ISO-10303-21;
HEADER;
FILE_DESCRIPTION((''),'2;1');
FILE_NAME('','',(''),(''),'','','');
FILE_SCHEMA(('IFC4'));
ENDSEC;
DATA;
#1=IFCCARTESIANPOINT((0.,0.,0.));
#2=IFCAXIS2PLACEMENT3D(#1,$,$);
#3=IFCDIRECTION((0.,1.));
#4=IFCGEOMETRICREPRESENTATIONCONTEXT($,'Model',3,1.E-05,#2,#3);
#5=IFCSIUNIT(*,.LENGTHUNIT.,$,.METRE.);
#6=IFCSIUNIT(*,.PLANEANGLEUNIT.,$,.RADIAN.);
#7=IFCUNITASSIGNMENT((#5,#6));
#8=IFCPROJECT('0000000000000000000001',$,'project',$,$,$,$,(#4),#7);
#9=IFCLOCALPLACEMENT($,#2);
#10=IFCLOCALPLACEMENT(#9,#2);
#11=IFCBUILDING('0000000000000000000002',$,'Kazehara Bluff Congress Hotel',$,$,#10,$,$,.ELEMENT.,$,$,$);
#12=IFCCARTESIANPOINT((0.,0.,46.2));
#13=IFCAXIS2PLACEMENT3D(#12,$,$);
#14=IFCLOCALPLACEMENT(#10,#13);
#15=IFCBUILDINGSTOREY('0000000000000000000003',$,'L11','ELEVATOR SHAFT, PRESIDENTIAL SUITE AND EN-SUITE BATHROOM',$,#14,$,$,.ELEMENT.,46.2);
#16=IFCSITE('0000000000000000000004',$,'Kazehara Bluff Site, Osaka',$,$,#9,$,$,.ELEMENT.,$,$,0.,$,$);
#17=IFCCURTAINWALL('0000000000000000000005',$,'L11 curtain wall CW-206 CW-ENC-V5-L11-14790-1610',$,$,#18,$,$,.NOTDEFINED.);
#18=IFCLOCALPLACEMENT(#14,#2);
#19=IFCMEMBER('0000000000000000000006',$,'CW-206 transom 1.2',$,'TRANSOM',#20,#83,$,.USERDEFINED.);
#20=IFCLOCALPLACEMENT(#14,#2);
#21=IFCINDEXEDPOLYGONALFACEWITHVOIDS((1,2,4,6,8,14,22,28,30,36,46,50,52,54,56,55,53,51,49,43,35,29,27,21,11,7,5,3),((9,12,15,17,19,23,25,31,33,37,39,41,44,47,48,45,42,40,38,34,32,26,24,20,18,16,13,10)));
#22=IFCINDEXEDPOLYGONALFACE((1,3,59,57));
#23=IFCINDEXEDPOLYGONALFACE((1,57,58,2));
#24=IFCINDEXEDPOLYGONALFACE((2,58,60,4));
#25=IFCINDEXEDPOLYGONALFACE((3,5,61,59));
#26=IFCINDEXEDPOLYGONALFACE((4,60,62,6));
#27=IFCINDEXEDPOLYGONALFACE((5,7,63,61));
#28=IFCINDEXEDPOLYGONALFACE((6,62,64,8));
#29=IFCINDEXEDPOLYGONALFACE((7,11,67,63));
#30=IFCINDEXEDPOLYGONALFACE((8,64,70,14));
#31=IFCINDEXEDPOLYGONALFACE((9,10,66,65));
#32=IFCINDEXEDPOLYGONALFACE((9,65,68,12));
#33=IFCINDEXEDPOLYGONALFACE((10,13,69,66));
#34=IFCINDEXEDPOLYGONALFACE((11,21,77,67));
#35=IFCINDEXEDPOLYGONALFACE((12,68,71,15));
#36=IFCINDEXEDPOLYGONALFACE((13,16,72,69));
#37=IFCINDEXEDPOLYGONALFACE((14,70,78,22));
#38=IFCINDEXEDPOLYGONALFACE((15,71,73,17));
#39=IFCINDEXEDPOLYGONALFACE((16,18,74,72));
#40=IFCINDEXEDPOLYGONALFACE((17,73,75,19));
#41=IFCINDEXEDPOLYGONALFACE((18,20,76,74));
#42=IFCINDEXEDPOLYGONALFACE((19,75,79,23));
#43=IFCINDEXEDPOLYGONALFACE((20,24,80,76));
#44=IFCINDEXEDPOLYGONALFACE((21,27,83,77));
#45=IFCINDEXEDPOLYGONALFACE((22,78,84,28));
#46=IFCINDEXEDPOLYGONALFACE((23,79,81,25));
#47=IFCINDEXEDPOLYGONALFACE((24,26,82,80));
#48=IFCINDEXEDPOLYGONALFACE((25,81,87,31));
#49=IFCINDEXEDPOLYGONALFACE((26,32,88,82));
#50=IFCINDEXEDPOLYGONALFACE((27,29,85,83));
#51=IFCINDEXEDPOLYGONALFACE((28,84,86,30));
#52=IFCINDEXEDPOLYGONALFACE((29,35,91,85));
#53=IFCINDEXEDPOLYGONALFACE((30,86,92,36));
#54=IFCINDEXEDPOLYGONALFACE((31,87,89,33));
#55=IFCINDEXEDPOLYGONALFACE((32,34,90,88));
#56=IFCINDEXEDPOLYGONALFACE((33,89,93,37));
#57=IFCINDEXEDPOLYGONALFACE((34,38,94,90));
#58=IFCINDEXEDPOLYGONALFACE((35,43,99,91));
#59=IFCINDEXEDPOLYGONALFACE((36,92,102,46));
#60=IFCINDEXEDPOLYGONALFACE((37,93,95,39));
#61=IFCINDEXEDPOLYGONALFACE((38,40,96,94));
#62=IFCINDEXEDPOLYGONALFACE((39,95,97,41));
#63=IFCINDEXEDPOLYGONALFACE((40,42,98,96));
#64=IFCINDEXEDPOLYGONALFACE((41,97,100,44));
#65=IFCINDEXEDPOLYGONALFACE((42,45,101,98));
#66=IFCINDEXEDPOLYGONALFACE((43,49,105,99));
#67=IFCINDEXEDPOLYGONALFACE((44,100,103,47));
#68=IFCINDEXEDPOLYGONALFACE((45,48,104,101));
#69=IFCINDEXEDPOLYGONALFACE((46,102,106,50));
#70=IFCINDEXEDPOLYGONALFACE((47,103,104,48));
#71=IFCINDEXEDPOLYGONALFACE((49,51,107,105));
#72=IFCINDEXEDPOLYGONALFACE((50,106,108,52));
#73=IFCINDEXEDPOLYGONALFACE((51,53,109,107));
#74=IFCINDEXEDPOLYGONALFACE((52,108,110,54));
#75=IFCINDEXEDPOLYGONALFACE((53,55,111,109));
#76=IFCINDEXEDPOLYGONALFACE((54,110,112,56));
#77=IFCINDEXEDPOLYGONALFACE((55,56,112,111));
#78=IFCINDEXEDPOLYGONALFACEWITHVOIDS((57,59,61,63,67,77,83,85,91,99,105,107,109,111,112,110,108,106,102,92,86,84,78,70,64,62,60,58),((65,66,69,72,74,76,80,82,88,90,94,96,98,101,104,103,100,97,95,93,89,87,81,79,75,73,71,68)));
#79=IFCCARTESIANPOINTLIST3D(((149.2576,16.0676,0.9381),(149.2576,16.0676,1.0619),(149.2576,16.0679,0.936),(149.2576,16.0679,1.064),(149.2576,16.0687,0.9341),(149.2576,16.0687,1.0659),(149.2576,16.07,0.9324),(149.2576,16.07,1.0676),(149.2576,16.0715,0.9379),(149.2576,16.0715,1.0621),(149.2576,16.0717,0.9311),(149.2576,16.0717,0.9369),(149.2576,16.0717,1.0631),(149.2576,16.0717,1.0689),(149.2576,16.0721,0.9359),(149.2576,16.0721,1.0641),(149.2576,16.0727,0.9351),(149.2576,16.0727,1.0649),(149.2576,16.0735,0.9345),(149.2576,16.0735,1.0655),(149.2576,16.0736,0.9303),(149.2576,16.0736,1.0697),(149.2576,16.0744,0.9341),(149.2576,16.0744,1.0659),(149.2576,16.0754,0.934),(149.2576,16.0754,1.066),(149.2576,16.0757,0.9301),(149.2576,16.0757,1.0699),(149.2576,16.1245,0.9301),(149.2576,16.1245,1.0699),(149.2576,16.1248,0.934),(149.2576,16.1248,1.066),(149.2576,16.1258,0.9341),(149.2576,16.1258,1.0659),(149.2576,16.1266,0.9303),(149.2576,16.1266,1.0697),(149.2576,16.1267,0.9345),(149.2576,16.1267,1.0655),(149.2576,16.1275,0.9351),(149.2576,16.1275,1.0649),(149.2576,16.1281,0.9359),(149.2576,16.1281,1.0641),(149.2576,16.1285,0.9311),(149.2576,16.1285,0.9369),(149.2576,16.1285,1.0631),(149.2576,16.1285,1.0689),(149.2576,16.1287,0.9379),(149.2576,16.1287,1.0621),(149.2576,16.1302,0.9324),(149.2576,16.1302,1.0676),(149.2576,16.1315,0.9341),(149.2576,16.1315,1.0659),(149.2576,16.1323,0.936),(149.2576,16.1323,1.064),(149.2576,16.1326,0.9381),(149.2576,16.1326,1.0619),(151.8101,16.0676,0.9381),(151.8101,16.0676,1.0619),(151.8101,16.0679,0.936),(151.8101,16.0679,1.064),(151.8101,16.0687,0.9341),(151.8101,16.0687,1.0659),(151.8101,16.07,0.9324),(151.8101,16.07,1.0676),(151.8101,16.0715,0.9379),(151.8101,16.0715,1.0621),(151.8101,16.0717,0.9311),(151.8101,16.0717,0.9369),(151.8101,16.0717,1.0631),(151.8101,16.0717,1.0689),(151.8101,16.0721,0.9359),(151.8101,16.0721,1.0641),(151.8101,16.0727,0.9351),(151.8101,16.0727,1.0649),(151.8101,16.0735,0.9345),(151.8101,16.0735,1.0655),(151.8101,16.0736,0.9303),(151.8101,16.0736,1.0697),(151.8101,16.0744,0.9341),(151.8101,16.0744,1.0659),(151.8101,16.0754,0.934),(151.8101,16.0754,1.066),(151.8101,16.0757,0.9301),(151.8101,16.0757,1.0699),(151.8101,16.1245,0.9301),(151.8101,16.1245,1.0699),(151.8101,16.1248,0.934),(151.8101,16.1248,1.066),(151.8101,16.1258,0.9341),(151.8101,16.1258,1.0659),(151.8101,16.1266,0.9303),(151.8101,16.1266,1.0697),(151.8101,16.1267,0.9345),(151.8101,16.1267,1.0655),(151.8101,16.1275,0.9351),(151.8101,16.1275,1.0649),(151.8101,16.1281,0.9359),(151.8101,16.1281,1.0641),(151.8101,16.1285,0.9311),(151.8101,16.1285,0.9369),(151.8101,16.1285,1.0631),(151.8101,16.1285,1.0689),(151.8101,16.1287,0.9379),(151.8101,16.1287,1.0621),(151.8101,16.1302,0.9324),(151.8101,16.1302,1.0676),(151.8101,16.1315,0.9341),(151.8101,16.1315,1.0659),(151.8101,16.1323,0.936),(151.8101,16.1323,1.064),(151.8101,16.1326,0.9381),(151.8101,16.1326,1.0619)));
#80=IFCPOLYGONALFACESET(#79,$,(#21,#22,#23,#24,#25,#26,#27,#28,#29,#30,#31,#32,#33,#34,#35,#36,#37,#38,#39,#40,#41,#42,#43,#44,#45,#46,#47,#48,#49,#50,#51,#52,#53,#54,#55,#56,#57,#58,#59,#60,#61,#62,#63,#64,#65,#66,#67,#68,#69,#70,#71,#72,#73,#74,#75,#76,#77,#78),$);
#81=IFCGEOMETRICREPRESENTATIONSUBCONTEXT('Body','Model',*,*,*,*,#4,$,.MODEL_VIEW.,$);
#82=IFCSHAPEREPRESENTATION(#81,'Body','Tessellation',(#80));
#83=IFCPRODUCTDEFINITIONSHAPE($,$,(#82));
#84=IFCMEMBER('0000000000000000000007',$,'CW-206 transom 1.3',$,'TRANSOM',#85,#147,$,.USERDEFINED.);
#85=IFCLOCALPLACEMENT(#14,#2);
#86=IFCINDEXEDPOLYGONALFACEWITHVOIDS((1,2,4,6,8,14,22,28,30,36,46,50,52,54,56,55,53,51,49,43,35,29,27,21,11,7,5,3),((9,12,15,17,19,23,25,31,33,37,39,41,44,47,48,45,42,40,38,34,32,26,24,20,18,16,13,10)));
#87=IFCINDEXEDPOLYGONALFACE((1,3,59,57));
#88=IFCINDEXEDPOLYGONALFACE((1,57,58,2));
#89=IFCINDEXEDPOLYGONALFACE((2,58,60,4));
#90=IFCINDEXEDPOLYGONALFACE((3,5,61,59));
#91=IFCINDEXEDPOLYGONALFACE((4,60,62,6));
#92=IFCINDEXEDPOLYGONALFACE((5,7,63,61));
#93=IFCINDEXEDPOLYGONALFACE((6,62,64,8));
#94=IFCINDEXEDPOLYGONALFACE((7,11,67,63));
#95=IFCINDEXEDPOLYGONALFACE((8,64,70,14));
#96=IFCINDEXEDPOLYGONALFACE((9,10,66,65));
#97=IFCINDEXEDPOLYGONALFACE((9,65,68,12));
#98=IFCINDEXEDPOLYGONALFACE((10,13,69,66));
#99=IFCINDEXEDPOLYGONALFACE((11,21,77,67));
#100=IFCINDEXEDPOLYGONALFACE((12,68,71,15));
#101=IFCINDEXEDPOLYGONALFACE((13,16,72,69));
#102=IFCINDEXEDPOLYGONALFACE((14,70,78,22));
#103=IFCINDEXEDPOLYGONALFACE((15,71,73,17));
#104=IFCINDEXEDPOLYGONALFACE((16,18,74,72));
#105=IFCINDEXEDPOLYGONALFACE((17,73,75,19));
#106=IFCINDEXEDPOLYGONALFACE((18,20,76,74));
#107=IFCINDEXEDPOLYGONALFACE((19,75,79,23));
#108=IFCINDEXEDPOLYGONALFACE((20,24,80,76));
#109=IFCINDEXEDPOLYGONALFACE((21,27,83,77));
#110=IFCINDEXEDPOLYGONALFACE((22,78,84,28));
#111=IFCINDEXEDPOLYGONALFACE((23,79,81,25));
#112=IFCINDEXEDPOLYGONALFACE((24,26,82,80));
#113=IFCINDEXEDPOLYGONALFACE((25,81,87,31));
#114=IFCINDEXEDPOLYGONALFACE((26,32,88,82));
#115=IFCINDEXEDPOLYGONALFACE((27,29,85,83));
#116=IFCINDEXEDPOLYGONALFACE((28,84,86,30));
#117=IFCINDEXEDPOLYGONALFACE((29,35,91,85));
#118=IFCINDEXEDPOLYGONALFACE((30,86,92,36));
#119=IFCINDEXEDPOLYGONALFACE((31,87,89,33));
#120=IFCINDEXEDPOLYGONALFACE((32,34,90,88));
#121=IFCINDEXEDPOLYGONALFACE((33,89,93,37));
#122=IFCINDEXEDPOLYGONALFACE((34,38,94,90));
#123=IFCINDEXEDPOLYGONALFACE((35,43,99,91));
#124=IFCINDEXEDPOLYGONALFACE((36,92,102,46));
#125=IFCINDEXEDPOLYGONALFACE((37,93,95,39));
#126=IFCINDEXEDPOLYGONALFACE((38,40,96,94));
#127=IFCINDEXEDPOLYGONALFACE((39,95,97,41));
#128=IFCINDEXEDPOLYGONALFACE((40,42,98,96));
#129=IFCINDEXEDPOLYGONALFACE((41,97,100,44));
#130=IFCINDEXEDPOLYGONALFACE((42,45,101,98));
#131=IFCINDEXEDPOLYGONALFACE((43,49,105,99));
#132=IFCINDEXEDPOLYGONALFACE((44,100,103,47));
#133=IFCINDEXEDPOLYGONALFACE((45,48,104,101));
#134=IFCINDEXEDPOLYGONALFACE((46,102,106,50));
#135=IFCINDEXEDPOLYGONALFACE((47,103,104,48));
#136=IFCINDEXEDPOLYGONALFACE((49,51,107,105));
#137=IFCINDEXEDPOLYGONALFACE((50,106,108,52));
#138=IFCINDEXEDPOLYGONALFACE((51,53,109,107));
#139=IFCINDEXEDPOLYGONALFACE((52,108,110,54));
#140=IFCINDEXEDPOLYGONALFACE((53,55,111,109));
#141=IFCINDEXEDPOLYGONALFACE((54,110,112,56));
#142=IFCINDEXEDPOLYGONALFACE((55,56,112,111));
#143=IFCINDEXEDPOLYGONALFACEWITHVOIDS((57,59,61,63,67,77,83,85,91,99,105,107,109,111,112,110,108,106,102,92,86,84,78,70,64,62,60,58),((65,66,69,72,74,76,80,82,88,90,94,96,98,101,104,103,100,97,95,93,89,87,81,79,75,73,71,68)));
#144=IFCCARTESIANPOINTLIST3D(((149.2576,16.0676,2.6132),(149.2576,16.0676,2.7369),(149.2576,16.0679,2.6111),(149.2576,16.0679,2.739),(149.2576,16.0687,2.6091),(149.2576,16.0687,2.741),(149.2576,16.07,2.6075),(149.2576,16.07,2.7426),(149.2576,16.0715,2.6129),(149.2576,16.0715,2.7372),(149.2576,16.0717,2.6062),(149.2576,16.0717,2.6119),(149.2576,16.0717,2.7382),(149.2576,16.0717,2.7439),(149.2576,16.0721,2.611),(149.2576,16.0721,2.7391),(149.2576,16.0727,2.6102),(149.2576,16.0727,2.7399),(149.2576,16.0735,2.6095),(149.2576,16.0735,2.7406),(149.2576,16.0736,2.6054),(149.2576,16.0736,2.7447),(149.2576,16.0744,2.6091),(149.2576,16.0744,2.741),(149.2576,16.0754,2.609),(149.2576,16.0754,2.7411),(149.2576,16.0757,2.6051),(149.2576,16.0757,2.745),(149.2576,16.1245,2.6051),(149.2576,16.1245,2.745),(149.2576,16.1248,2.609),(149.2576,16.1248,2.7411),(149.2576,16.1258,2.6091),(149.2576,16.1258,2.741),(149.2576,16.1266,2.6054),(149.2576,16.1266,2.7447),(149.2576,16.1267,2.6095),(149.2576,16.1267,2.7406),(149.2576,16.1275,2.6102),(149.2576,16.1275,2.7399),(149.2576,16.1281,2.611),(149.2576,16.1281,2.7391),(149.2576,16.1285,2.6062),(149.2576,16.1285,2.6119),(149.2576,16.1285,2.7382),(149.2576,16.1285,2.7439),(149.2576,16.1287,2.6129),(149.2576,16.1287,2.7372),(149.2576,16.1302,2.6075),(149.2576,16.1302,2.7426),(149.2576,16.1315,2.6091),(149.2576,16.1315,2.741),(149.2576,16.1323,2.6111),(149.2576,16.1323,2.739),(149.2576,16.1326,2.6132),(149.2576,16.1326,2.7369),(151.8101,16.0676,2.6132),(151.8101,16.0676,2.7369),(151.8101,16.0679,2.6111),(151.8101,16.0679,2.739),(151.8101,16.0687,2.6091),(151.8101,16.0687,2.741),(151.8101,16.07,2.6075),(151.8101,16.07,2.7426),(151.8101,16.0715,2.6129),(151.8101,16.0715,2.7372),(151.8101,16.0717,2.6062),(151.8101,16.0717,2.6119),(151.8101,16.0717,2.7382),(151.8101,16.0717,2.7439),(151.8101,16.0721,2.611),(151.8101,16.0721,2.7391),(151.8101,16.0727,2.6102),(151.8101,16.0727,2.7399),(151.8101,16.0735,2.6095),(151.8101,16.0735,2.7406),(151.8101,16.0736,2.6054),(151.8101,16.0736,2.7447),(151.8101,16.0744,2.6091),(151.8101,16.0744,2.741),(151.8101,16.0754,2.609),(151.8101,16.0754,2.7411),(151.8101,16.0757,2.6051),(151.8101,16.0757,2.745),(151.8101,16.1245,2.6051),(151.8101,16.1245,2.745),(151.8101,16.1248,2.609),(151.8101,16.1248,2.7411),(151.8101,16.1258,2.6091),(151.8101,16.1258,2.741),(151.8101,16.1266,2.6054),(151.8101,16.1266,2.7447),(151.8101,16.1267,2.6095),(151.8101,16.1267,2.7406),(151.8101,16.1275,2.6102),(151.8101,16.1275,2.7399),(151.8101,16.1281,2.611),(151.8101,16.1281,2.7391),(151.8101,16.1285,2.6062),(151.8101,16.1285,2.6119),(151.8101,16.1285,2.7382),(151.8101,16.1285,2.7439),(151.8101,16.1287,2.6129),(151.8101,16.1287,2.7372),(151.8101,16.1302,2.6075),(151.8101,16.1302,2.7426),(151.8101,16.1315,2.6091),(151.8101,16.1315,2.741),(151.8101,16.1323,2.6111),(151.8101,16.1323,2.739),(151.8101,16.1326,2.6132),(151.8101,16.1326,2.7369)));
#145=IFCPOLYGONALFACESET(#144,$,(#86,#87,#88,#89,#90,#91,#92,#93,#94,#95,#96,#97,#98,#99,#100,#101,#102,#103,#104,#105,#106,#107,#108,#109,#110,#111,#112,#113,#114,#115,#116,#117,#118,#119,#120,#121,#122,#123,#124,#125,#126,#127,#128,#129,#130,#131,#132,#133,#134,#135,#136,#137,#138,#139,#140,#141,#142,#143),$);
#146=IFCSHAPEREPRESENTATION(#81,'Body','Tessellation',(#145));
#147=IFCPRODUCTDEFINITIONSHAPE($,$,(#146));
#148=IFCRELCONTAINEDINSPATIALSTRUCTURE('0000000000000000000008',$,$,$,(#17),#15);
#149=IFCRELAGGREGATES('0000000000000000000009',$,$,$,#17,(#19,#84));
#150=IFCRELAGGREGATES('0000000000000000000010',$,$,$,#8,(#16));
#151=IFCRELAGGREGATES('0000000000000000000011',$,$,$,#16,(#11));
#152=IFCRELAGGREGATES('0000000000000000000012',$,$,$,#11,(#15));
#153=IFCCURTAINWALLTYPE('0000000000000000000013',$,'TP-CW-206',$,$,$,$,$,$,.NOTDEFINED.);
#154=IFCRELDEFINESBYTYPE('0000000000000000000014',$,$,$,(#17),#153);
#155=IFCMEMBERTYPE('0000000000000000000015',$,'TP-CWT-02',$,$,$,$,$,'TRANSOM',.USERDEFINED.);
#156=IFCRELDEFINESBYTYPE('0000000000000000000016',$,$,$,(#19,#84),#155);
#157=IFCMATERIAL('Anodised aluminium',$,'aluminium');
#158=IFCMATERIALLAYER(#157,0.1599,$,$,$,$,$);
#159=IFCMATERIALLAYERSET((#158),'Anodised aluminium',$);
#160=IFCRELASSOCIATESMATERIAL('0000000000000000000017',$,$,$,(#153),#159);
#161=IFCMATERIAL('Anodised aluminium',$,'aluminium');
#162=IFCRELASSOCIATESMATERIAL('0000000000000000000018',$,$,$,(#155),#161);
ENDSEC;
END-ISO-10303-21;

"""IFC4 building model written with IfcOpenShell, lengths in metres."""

from ifc_helpers import new_model, si_unit, direction, frame, origin, origin_2d, place, context, subcontext, project, spatial, hollow_rectangle, extrude, material, layer, layer_set, material_profile, profile_set, type_object, element, aggregate, save


model = new_model("IFC4")

# Units and contexts
model_context = context("Model", 3, precision=1e-05, world=origin(), true_north=direction((0.0, 1.0)))
body_context = subcontext(model_context, "Body", "Model", "MODEL_VIEW")
ifc_project = project(units=[si_unit("LENGTHUNIT", "METRE"), si_unit("PLANEANGLEUNIT", "RADIAN")], contexts=[model_context])

# Site, building, storey
site_placement = place(None, origin())
site = spatial("IfcSite", under=ifc_project, at=site_placement, Name="Kazehara Bluff Site, Osaka", CompositionType="ELEMENT", RefElevation=0.0)
building_placement = place(site_placement, origin())
building = spatial("IfcBuilding", under=site, at=building_placement, Name="Kazehara Bluff Congress Hotel", CompositionType="ELEMENT")
storey_placement = place(building_placement, frame((0.0, 0.0, 46.2)))
storey = spatial("IfcBuildingStorey", under=building, at=storey_placement, Name="L11", Description="ELEVATOR SHAFT, PRESIDENTIAL SUITE AND EN-SUITE BATHROOM", CompositionType="ELEMENT", Elevation=46.2)

# Curtain wall
ifc_material_1 = material(Name="Anodised aluminium", Category="aluminium")
ifc_layer_1 = layer(ifc_material_1, 0.1599)
ifc_layer_set_1 = layer_set([ifc_layer_1], Name="Anodised aluminium")
curtain_wall_type = type_object("IfcCurtainWallType", Name="TP-CW-206", PredefinedType="NOTDEFINED", material=ifc_layer_set_1)
curtain_wall_1_placement = place(storey_placement, origin())
curtain_wall_1 = element("IfcCurtainWall", 1, at=curtain_wall_1_placement, inside=storey, type_object=curtain_wall_type, Name="L11 curtain wall CW-206 CW-ENC-V5-L11-14790-1610", PredefinedType="NOTDEFINED")

# Members
ifc_material_2 = material(Name="Anodised aluminium", Category="aluminium")
ifc_material_profile_1 = material_profile(ifc_material_2, hollow_rectangle(XDim=0.0649, YDim=0.1399, WallThickness=0.0039, InnerFilletRadius=0.0039, OuterFilletRadius=0.0081, at=origin_2d()))
ifc_profile_set_1 = profile_set([ifc_material_profile_1], Name="Anodised aluminium")
member_type_1 = type_object("IfcMemberType", Name="TP-CWT-02", ElementType="TRANSOM", PredefinedType="USERDEFINED", material=ifc_profile_set_1)
member_1_placement = place(storey_placement, frame((151.8101, 16.1001, 1.0), z_axis=(-1.0, 0.0, 0.0), x_axis=(0.0, -1.0, 0.0)))
member_1 = element("IfcMember", 2, at=member_1_placement, type_object=member_type_1, Name="CW-206 transom 1.2", ObjectType="TRANSOM", PredefinedType="USERDEFINED", context=body_context, shape_type="SweptSolid", body=[
    extrude(hollow_rectangle(XDim=0.0649, YDim=0.1399, WallThickness=0.0039, InnerFilletRadius=0.0039, OuterFilletRadius=0.0081, at=origin_2d()), origin(), (0.0, 0.0, 1.0), 2.5525),
])
member_2_placement = place(storey_placement, frame((151.8101, 16.1001, 2.675), z_axis=(-1.0, 0.0, 0.0), x_axis=(0.0, -1.0, 0.0)))
member_2 = element("IfcMember", 3, at=member_2_placement, type_object=member_type_1, Name="CW-206 transom 1.3", ObjectType="TRANSOM", PredefinedType="USERDEFINED", context=body_context, shape_type="SweptSolid", body=[
    extrude(hollow_rectangle(XDim=0.0649, YDim=0.1399, WallThickness=0.0039, InnerFilletRadius=0.0039, OuterFilletRadius=0.0081, at=origin_2d()), origin(), (0.0, 0.0, 1.0), 2.5525),
])
aggregate(curtain_wall_1, [member_1, member_2])

save(model, "model.ifc")
